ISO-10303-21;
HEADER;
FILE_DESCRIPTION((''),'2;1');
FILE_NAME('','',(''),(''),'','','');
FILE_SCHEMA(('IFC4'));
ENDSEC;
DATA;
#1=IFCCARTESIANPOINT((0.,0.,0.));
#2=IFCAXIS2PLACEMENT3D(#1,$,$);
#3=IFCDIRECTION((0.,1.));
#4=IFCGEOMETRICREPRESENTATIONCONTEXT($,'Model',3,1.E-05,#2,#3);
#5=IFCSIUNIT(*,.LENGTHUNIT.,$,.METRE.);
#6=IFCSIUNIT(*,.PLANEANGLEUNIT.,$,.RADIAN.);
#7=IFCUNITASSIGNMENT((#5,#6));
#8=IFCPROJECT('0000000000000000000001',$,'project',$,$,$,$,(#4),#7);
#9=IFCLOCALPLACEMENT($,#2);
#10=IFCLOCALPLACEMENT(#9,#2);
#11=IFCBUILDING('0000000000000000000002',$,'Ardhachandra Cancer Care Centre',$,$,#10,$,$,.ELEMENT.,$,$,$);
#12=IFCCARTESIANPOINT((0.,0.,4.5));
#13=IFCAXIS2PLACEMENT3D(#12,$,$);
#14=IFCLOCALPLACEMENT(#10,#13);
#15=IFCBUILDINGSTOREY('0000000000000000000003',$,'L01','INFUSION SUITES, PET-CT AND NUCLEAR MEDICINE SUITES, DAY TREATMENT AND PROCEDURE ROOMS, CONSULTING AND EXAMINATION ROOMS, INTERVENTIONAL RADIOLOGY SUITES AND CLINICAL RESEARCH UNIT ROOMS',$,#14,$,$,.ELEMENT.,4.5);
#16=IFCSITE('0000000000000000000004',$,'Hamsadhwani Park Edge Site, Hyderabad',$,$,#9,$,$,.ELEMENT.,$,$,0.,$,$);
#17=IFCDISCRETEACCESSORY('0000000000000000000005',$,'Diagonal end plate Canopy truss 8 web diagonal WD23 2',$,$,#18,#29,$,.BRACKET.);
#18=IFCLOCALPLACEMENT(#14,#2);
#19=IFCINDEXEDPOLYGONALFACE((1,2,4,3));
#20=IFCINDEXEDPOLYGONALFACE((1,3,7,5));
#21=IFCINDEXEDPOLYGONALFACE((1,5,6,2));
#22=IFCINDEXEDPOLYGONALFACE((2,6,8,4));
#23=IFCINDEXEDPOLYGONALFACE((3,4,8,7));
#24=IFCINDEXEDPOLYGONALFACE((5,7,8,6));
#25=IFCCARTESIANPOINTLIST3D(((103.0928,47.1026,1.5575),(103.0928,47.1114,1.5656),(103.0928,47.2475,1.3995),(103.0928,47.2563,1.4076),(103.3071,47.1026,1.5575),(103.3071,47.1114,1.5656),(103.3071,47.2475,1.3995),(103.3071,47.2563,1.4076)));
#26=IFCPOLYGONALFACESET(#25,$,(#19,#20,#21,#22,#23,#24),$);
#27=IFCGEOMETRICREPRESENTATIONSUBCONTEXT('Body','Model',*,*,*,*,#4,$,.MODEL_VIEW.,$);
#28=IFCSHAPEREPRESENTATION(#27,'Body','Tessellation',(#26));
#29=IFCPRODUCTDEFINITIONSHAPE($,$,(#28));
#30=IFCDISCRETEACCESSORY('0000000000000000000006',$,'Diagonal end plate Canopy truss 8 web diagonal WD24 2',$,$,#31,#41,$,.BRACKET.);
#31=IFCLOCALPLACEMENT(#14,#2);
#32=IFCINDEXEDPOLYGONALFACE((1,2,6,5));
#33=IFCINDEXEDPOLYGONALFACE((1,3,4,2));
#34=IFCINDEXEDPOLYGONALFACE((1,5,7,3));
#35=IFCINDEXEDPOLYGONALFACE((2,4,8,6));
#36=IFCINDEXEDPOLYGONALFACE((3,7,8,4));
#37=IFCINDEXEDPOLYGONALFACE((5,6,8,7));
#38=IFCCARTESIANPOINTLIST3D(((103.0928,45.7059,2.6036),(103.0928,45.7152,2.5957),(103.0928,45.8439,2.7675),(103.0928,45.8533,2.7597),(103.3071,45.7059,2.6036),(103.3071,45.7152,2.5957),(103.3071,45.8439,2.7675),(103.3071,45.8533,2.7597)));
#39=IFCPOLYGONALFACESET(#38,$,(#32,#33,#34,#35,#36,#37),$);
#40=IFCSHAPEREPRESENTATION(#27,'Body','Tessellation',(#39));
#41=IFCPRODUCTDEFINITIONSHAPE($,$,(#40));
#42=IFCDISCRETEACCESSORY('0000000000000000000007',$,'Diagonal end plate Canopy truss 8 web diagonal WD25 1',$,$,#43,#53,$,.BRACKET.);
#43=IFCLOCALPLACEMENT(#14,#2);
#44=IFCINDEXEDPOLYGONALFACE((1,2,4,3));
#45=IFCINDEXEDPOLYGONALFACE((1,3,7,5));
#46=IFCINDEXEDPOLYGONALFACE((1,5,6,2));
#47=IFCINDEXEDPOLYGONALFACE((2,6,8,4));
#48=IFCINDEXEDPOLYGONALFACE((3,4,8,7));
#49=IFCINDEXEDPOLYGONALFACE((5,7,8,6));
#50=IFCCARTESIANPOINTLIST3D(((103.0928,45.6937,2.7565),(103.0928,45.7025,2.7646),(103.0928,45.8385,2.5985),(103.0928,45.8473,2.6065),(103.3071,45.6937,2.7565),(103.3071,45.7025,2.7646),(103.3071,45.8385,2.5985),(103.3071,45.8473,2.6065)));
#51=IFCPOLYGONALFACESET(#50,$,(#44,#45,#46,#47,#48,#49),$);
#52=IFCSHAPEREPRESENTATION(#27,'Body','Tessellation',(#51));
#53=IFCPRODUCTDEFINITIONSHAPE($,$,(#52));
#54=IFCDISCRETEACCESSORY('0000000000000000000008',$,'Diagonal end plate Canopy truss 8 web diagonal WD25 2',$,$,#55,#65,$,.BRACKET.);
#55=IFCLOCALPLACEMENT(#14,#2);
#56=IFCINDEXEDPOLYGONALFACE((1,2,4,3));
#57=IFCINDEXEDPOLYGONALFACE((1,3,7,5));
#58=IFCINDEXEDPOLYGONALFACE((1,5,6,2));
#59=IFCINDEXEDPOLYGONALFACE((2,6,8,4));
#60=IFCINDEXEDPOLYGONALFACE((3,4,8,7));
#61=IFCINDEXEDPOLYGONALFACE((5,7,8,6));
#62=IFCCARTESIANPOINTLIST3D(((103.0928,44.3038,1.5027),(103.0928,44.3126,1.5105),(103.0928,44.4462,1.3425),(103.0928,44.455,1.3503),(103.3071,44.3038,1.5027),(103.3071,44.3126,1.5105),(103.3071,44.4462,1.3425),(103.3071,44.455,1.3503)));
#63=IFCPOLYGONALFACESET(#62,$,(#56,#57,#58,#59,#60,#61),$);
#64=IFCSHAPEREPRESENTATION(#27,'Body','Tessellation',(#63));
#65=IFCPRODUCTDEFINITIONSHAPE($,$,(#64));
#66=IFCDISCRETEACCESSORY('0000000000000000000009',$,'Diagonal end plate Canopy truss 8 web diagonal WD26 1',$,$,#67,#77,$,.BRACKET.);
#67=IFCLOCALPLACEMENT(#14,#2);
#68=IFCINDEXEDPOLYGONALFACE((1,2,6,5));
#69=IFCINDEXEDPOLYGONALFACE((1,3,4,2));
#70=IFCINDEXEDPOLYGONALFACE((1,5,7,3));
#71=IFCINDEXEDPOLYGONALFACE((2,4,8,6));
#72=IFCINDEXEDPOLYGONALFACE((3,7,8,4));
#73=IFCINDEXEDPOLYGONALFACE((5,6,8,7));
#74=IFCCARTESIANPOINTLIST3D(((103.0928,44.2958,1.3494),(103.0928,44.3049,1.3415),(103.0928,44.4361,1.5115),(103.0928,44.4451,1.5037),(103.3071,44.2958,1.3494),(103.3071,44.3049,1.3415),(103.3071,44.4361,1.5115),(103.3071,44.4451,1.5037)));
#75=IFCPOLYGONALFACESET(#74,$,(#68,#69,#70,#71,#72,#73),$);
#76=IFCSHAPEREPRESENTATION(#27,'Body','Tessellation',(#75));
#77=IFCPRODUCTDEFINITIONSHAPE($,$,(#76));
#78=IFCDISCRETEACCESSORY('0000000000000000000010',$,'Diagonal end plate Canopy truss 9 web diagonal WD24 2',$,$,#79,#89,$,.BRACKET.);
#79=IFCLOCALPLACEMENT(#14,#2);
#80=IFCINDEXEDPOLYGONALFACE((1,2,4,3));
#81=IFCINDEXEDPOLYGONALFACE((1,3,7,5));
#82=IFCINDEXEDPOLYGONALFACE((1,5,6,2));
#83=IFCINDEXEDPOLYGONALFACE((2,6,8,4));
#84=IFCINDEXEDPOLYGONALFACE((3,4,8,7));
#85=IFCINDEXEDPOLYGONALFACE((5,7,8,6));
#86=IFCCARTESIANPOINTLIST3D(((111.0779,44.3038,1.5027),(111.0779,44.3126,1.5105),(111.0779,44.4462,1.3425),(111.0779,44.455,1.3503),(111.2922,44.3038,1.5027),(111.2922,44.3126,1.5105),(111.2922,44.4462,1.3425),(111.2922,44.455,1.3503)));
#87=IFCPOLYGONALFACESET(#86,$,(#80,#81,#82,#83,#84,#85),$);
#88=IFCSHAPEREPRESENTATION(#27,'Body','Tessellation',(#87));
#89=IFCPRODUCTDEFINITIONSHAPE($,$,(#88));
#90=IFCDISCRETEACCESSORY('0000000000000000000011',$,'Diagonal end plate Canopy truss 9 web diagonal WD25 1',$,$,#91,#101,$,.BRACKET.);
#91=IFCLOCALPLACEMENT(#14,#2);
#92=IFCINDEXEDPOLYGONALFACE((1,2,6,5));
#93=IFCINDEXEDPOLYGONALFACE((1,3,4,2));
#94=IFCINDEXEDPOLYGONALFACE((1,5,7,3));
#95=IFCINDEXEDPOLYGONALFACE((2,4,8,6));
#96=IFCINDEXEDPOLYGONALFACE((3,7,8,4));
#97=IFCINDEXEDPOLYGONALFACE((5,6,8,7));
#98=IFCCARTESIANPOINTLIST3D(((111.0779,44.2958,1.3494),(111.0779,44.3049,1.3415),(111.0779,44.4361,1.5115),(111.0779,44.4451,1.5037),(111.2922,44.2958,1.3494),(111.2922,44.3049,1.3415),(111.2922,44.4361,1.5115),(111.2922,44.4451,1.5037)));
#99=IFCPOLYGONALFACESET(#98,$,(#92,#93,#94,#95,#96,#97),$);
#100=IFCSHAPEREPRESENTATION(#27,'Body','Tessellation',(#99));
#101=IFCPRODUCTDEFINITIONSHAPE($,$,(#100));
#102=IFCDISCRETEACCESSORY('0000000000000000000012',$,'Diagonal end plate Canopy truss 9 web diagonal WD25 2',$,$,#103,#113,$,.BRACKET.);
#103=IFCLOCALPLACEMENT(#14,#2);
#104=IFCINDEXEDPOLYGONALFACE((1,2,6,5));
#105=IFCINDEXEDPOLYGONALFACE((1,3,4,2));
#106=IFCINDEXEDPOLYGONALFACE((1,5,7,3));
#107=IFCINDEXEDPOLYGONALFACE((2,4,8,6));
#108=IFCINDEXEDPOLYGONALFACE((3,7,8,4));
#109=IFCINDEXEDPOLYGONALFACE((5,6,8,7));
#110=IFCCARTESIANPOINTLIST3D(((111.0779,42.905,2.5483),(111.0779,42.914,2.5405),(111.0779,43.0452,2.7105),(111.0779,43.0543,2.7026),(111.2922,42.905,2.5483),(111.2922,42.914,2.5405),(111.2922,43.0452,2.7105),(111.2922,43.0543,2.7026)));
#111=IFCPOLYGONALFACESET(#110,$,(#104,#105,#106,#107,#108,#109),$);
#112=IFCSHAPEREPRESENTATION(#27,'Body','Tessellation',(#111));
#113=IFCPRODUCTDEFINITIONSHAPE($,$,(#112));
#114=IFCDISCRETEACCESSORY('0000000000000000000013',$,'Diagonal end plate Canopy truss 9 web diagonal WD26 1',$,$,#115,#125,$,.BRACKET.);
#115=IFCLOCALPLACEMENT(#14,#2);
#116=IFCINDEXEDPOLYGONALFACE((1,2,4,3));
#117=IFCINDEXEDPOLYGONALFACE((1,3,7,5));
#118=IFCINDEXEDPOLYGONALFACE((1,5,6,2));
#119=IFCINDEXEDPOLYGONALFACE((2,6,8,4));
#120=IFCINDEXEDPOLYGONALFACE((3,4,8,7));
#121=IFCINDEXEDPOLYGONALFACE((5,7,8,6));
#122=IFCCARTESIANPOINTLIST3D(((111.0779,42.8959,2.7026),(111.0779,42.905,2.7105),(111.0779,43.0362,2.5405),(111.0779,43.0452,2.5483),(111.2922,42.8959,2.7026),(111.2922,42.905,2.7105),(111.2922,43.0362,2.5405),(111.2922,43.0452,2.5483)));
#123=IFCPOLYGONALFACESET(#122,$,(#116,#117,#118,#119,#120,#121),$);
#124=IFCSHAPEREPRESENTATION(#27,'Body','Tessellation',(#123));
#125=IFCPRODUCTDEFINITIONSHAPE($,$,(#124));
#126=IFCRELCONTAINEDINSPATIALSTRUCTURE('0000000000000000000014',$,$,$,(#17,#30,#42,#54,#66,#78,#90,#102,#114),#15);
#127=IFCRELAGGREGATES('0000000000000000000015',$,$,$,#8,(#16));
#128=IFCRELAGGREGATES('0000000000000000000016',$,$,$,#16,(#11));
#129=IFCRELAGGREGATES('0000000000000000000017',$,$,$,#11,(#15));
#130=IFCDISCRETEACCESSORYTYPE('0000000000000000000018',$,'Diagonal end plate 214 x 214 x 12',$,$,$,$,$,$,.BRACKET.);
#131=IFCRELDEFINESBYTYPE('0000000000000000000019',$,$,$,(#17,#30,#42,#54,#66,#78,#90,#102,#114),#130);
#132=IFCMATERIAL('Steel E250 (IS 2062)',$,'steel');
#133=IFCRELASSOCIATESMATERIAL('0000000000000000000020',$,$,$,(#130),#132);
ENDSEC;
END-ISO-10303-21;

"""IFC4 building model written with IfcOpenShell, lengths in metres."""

from ifc_helpers import new_model, si_unit, direction, frame, origin, origin_2d, place, context, subcontext, project, spatial, rectangle, extrude, material, material_profile, profile_set, type_object, element, save


model = new_model("IFC4")

# Units and contexts
model_context = context("Model", 3, precision=1e-05, world=origin(), true_north=direction((0.0, 1.0)))
body_context = subcontext(model_context, "Body", "Model", "MODEL_VIEW")
ifc_project = project(units=[si_unit("LENGTHUNIT", "METRE"), si_unit("PLANEANGLEUNIT", "RADIAN")], contexts=[model_context])

# Site, building, storey
site_placement = place(None, origin())
site = spatial("IfcSite", under=ifc_project, at=site_placement, Name="Hamsadhwani Park Edge Site, Hyderabad", CompositionType="ELEMENT", RefElevation=0.0)
building_placement = place(site_placement, origin())
building = spatial("IfcBuilding", under=site, at=building_placement, Name="Ardhachandra Cancer Care Centre", CompositionType="ELEMENT")
storey_placement = place(building_placement, frame((0.0, 0.0, 4.5)))
storey = spatial("IfcBuildingStorey", under=building, at=storey_placement, Name="L01", Description="INFUSION SUITES, PET-CT AND NUCLEAR MEDICINE SUITES, DAY TREATMENT AND PROCEDURE ROOMS, CONSULTING AND EXAMINATION ROOMS, INTERVENTIONAL RADIOLOGY SUITES AND CLINICAL RESEARCH UNIT ROOMS", CompositionType="ELEMENT", Elevation=4.5)

# Discrete accessories
ifc_material_1 = material(Name="Steel E250 (IS 2062)", Category="steel")
ifc_material_profile_1 = material_profile(ifc_material_1, rectangle(XDim=0.2144, YDim=0.2144, at=origin_2d()), Name="PL 214x214x12")
ifc_profile_set_1 = profile_set([ifc_material_profile_1], Name="Steel E250 (IS 2062)")
discrete_accessory_type = type_object("IfcDiscreteAccessoryType", Name="Diagonal end plate 214 x 214 x 12", PredefinedType="BRACKET", material=ifc_profile_set_1)
discrete_accessory_1_placement = place(storey_placement, frame((103.2, 47.175, 1.4785), z_axis=(0.0, 0.737154, 0.675725), x_axis=(-1.0, 0.0, 0.0)))
element("IfcDiscreteAccessory", 1, at=discrete_accessory_1_placement, inside=storey, type_object=discrete_accessory_type, Name="Diagonal end plate Canopy truss 8 web diagonal WD23 2", PredefinedType="BRACKET", context=body_context, shape_type="SweptSolid", body=[
    extrude(rectangle(XDim=0.2144, YDim=0.2144, at=origin_2d()), origin(), (0.0, 0.0, 1.0), 0.012),
])
discrete_accessory_2_placement = place(storey_placement, frame((103.2, 45.7749, 2.6855), z_axis=(0.0, 0.764911, -0.644136), x_axis=(-1.0, 0.0, 0.0)))
element("IfcDiscreteAccessory", 2, at=discrete_accessory_2_placement, inside=storey, type_object=discrete_accessory_type, Name="Diagonal end plate Canopy truss 8 web diagonal WD24 2", PredefinedType="BRACKET", context=body_context, shape_type="SweptSolid", body=[
    extrude(rectangle(XDim=0.2144, YDim=0.2144, at=origin_2d()), origin(), (0.0, 0.0, 1.0), 0.0122),
])
discrete_accessory_3_placement = place(storey_placement, frame((103.2, 45.7749, 2.6855), z_axis=(0.0, -0.737154, -0.675725), x_axis=(1.0, 0.0, 0.0)))
element("IfcDiscreteAccessory", 3, at=discrete_accessory_3_placement, inside=storey, type_object=discrete_accessory_type, Name="Diagonal end plate Canopy truss 8 web diagonal WD25 1", PredefinedType="BRACKET", context=body_context, shape_type="SweptSolid", body=[
    extrude(rectangle(XDim=0.2144, YDim=0.2144, at=origin_2d()), origin(), (0.0, 0.0, 1.0), 0.012),
])
discrete_accessory_4_placement = place(storey_placement, frame((103.2, 44.375, 1.4226), z_axis=(0.0, 0.747409, 0.664364), x_axis=(-1.0, 0.0, 0.0)))
element("IfcDiscreteAccessory", 4, at=discrete_accessory_4_placement, inside=storey, type_object=discrete_accessory_type, Name="Diagonal end plate Canopy truss 8 web diagonal WD25 2", PredefinedType="BRACKET", context=body_context, shape_type="SweptSolid", body=[
    extrude(rectangle(XDim=0.2144, YDim=0.2144, at=origin_2d()), origin(), (0.0, 0.0, 1.0), 0.0117),
])
discrete_accessory_5_placement = place(storey_placement, frame((103.2, 44.375, 1.4226), z_axis=(0.0, -0.756363, 0.654152), x_axis=(1.0, 0.0, 0.0)))
element("IfcDiscreteAccessory", 5, at=discrete_accessory_5_placement, inside=storey, type_object=discrete_accessory_type, Name="Diagonal end plate Canopy truss 8 web diagonal WD26 1", PredefinedType="BRACKET", context=body_context, shape_type="SweptSolid", body=[
    extrude(rectangle(XDim=0.2144, YDim=0.2144, at=origin_2d()), origin(), (0.0, 0.0, 1.0), 0.012),
])
discrete_accessory_6_placement = place(storey_placement, frame((111.1851, 44.375, 1.4226), z_axis=(0.0, 0.747409, 0.664364), x_axis=(-1.0, 0.0, 0.0)))
element("IfcDiscreteAccessory", 6, at=discrete_accessory_6_placement, inside=storey, type_object=discrete_accessory_type, Name="Diagonal end plate Canopy truss 9 web diagonal WD24 2", PredefinedType="BRACKET", context=body_context, shape_type="SweptSolid", body=[
    extrude(rectangle(XDim=0.2144, YDim=0.2144, at=origin_2d()), origin(), (0.0, 0.0, 1.0), 0.0117),
])
for number, where, z_axis, x_axis, name in (
    (7, (111.1851, 44.375, 1.4226), (0.0, -0.756363, 0.654152), (1.0, 0.0, 0.0), "Diagonal end plate Canopy truss 9 web diagonal WD25 1"),
    (8, (111.1851, 42.9751, 2.6294), (0.0, 0.756363, -0.654152), (-1.0, 0.0, 0.0), "Diagonal end plate Canopy truss 9 web diagonal WD25 2"),
    (9, (111.1851, 42.9751, 2.6294), (0.0, -0.756363, -0.654152), (1.0, 0.0, 0.0), "Diagonal end plate Canopy truss 9 web diagonal WD26 1"),
):
    element("IfcDiscreteAccessory", number, at=place(storey_placement, frame(where, z_axis=z_axis, x_axis=x_axis)), inside=storey, type_object=discrete_accessory_type, Name=name, PredefinedType="BRACKET", context=body_context, shape_type="SweptSolid", body=[
        extrude(rectangle(XDim=0.2144, YDim=0.2144, at=origin_2d()), origin(), (0.0, 0.0, 1.0), 0.012),
    ])

save(model, "model.ifc")
